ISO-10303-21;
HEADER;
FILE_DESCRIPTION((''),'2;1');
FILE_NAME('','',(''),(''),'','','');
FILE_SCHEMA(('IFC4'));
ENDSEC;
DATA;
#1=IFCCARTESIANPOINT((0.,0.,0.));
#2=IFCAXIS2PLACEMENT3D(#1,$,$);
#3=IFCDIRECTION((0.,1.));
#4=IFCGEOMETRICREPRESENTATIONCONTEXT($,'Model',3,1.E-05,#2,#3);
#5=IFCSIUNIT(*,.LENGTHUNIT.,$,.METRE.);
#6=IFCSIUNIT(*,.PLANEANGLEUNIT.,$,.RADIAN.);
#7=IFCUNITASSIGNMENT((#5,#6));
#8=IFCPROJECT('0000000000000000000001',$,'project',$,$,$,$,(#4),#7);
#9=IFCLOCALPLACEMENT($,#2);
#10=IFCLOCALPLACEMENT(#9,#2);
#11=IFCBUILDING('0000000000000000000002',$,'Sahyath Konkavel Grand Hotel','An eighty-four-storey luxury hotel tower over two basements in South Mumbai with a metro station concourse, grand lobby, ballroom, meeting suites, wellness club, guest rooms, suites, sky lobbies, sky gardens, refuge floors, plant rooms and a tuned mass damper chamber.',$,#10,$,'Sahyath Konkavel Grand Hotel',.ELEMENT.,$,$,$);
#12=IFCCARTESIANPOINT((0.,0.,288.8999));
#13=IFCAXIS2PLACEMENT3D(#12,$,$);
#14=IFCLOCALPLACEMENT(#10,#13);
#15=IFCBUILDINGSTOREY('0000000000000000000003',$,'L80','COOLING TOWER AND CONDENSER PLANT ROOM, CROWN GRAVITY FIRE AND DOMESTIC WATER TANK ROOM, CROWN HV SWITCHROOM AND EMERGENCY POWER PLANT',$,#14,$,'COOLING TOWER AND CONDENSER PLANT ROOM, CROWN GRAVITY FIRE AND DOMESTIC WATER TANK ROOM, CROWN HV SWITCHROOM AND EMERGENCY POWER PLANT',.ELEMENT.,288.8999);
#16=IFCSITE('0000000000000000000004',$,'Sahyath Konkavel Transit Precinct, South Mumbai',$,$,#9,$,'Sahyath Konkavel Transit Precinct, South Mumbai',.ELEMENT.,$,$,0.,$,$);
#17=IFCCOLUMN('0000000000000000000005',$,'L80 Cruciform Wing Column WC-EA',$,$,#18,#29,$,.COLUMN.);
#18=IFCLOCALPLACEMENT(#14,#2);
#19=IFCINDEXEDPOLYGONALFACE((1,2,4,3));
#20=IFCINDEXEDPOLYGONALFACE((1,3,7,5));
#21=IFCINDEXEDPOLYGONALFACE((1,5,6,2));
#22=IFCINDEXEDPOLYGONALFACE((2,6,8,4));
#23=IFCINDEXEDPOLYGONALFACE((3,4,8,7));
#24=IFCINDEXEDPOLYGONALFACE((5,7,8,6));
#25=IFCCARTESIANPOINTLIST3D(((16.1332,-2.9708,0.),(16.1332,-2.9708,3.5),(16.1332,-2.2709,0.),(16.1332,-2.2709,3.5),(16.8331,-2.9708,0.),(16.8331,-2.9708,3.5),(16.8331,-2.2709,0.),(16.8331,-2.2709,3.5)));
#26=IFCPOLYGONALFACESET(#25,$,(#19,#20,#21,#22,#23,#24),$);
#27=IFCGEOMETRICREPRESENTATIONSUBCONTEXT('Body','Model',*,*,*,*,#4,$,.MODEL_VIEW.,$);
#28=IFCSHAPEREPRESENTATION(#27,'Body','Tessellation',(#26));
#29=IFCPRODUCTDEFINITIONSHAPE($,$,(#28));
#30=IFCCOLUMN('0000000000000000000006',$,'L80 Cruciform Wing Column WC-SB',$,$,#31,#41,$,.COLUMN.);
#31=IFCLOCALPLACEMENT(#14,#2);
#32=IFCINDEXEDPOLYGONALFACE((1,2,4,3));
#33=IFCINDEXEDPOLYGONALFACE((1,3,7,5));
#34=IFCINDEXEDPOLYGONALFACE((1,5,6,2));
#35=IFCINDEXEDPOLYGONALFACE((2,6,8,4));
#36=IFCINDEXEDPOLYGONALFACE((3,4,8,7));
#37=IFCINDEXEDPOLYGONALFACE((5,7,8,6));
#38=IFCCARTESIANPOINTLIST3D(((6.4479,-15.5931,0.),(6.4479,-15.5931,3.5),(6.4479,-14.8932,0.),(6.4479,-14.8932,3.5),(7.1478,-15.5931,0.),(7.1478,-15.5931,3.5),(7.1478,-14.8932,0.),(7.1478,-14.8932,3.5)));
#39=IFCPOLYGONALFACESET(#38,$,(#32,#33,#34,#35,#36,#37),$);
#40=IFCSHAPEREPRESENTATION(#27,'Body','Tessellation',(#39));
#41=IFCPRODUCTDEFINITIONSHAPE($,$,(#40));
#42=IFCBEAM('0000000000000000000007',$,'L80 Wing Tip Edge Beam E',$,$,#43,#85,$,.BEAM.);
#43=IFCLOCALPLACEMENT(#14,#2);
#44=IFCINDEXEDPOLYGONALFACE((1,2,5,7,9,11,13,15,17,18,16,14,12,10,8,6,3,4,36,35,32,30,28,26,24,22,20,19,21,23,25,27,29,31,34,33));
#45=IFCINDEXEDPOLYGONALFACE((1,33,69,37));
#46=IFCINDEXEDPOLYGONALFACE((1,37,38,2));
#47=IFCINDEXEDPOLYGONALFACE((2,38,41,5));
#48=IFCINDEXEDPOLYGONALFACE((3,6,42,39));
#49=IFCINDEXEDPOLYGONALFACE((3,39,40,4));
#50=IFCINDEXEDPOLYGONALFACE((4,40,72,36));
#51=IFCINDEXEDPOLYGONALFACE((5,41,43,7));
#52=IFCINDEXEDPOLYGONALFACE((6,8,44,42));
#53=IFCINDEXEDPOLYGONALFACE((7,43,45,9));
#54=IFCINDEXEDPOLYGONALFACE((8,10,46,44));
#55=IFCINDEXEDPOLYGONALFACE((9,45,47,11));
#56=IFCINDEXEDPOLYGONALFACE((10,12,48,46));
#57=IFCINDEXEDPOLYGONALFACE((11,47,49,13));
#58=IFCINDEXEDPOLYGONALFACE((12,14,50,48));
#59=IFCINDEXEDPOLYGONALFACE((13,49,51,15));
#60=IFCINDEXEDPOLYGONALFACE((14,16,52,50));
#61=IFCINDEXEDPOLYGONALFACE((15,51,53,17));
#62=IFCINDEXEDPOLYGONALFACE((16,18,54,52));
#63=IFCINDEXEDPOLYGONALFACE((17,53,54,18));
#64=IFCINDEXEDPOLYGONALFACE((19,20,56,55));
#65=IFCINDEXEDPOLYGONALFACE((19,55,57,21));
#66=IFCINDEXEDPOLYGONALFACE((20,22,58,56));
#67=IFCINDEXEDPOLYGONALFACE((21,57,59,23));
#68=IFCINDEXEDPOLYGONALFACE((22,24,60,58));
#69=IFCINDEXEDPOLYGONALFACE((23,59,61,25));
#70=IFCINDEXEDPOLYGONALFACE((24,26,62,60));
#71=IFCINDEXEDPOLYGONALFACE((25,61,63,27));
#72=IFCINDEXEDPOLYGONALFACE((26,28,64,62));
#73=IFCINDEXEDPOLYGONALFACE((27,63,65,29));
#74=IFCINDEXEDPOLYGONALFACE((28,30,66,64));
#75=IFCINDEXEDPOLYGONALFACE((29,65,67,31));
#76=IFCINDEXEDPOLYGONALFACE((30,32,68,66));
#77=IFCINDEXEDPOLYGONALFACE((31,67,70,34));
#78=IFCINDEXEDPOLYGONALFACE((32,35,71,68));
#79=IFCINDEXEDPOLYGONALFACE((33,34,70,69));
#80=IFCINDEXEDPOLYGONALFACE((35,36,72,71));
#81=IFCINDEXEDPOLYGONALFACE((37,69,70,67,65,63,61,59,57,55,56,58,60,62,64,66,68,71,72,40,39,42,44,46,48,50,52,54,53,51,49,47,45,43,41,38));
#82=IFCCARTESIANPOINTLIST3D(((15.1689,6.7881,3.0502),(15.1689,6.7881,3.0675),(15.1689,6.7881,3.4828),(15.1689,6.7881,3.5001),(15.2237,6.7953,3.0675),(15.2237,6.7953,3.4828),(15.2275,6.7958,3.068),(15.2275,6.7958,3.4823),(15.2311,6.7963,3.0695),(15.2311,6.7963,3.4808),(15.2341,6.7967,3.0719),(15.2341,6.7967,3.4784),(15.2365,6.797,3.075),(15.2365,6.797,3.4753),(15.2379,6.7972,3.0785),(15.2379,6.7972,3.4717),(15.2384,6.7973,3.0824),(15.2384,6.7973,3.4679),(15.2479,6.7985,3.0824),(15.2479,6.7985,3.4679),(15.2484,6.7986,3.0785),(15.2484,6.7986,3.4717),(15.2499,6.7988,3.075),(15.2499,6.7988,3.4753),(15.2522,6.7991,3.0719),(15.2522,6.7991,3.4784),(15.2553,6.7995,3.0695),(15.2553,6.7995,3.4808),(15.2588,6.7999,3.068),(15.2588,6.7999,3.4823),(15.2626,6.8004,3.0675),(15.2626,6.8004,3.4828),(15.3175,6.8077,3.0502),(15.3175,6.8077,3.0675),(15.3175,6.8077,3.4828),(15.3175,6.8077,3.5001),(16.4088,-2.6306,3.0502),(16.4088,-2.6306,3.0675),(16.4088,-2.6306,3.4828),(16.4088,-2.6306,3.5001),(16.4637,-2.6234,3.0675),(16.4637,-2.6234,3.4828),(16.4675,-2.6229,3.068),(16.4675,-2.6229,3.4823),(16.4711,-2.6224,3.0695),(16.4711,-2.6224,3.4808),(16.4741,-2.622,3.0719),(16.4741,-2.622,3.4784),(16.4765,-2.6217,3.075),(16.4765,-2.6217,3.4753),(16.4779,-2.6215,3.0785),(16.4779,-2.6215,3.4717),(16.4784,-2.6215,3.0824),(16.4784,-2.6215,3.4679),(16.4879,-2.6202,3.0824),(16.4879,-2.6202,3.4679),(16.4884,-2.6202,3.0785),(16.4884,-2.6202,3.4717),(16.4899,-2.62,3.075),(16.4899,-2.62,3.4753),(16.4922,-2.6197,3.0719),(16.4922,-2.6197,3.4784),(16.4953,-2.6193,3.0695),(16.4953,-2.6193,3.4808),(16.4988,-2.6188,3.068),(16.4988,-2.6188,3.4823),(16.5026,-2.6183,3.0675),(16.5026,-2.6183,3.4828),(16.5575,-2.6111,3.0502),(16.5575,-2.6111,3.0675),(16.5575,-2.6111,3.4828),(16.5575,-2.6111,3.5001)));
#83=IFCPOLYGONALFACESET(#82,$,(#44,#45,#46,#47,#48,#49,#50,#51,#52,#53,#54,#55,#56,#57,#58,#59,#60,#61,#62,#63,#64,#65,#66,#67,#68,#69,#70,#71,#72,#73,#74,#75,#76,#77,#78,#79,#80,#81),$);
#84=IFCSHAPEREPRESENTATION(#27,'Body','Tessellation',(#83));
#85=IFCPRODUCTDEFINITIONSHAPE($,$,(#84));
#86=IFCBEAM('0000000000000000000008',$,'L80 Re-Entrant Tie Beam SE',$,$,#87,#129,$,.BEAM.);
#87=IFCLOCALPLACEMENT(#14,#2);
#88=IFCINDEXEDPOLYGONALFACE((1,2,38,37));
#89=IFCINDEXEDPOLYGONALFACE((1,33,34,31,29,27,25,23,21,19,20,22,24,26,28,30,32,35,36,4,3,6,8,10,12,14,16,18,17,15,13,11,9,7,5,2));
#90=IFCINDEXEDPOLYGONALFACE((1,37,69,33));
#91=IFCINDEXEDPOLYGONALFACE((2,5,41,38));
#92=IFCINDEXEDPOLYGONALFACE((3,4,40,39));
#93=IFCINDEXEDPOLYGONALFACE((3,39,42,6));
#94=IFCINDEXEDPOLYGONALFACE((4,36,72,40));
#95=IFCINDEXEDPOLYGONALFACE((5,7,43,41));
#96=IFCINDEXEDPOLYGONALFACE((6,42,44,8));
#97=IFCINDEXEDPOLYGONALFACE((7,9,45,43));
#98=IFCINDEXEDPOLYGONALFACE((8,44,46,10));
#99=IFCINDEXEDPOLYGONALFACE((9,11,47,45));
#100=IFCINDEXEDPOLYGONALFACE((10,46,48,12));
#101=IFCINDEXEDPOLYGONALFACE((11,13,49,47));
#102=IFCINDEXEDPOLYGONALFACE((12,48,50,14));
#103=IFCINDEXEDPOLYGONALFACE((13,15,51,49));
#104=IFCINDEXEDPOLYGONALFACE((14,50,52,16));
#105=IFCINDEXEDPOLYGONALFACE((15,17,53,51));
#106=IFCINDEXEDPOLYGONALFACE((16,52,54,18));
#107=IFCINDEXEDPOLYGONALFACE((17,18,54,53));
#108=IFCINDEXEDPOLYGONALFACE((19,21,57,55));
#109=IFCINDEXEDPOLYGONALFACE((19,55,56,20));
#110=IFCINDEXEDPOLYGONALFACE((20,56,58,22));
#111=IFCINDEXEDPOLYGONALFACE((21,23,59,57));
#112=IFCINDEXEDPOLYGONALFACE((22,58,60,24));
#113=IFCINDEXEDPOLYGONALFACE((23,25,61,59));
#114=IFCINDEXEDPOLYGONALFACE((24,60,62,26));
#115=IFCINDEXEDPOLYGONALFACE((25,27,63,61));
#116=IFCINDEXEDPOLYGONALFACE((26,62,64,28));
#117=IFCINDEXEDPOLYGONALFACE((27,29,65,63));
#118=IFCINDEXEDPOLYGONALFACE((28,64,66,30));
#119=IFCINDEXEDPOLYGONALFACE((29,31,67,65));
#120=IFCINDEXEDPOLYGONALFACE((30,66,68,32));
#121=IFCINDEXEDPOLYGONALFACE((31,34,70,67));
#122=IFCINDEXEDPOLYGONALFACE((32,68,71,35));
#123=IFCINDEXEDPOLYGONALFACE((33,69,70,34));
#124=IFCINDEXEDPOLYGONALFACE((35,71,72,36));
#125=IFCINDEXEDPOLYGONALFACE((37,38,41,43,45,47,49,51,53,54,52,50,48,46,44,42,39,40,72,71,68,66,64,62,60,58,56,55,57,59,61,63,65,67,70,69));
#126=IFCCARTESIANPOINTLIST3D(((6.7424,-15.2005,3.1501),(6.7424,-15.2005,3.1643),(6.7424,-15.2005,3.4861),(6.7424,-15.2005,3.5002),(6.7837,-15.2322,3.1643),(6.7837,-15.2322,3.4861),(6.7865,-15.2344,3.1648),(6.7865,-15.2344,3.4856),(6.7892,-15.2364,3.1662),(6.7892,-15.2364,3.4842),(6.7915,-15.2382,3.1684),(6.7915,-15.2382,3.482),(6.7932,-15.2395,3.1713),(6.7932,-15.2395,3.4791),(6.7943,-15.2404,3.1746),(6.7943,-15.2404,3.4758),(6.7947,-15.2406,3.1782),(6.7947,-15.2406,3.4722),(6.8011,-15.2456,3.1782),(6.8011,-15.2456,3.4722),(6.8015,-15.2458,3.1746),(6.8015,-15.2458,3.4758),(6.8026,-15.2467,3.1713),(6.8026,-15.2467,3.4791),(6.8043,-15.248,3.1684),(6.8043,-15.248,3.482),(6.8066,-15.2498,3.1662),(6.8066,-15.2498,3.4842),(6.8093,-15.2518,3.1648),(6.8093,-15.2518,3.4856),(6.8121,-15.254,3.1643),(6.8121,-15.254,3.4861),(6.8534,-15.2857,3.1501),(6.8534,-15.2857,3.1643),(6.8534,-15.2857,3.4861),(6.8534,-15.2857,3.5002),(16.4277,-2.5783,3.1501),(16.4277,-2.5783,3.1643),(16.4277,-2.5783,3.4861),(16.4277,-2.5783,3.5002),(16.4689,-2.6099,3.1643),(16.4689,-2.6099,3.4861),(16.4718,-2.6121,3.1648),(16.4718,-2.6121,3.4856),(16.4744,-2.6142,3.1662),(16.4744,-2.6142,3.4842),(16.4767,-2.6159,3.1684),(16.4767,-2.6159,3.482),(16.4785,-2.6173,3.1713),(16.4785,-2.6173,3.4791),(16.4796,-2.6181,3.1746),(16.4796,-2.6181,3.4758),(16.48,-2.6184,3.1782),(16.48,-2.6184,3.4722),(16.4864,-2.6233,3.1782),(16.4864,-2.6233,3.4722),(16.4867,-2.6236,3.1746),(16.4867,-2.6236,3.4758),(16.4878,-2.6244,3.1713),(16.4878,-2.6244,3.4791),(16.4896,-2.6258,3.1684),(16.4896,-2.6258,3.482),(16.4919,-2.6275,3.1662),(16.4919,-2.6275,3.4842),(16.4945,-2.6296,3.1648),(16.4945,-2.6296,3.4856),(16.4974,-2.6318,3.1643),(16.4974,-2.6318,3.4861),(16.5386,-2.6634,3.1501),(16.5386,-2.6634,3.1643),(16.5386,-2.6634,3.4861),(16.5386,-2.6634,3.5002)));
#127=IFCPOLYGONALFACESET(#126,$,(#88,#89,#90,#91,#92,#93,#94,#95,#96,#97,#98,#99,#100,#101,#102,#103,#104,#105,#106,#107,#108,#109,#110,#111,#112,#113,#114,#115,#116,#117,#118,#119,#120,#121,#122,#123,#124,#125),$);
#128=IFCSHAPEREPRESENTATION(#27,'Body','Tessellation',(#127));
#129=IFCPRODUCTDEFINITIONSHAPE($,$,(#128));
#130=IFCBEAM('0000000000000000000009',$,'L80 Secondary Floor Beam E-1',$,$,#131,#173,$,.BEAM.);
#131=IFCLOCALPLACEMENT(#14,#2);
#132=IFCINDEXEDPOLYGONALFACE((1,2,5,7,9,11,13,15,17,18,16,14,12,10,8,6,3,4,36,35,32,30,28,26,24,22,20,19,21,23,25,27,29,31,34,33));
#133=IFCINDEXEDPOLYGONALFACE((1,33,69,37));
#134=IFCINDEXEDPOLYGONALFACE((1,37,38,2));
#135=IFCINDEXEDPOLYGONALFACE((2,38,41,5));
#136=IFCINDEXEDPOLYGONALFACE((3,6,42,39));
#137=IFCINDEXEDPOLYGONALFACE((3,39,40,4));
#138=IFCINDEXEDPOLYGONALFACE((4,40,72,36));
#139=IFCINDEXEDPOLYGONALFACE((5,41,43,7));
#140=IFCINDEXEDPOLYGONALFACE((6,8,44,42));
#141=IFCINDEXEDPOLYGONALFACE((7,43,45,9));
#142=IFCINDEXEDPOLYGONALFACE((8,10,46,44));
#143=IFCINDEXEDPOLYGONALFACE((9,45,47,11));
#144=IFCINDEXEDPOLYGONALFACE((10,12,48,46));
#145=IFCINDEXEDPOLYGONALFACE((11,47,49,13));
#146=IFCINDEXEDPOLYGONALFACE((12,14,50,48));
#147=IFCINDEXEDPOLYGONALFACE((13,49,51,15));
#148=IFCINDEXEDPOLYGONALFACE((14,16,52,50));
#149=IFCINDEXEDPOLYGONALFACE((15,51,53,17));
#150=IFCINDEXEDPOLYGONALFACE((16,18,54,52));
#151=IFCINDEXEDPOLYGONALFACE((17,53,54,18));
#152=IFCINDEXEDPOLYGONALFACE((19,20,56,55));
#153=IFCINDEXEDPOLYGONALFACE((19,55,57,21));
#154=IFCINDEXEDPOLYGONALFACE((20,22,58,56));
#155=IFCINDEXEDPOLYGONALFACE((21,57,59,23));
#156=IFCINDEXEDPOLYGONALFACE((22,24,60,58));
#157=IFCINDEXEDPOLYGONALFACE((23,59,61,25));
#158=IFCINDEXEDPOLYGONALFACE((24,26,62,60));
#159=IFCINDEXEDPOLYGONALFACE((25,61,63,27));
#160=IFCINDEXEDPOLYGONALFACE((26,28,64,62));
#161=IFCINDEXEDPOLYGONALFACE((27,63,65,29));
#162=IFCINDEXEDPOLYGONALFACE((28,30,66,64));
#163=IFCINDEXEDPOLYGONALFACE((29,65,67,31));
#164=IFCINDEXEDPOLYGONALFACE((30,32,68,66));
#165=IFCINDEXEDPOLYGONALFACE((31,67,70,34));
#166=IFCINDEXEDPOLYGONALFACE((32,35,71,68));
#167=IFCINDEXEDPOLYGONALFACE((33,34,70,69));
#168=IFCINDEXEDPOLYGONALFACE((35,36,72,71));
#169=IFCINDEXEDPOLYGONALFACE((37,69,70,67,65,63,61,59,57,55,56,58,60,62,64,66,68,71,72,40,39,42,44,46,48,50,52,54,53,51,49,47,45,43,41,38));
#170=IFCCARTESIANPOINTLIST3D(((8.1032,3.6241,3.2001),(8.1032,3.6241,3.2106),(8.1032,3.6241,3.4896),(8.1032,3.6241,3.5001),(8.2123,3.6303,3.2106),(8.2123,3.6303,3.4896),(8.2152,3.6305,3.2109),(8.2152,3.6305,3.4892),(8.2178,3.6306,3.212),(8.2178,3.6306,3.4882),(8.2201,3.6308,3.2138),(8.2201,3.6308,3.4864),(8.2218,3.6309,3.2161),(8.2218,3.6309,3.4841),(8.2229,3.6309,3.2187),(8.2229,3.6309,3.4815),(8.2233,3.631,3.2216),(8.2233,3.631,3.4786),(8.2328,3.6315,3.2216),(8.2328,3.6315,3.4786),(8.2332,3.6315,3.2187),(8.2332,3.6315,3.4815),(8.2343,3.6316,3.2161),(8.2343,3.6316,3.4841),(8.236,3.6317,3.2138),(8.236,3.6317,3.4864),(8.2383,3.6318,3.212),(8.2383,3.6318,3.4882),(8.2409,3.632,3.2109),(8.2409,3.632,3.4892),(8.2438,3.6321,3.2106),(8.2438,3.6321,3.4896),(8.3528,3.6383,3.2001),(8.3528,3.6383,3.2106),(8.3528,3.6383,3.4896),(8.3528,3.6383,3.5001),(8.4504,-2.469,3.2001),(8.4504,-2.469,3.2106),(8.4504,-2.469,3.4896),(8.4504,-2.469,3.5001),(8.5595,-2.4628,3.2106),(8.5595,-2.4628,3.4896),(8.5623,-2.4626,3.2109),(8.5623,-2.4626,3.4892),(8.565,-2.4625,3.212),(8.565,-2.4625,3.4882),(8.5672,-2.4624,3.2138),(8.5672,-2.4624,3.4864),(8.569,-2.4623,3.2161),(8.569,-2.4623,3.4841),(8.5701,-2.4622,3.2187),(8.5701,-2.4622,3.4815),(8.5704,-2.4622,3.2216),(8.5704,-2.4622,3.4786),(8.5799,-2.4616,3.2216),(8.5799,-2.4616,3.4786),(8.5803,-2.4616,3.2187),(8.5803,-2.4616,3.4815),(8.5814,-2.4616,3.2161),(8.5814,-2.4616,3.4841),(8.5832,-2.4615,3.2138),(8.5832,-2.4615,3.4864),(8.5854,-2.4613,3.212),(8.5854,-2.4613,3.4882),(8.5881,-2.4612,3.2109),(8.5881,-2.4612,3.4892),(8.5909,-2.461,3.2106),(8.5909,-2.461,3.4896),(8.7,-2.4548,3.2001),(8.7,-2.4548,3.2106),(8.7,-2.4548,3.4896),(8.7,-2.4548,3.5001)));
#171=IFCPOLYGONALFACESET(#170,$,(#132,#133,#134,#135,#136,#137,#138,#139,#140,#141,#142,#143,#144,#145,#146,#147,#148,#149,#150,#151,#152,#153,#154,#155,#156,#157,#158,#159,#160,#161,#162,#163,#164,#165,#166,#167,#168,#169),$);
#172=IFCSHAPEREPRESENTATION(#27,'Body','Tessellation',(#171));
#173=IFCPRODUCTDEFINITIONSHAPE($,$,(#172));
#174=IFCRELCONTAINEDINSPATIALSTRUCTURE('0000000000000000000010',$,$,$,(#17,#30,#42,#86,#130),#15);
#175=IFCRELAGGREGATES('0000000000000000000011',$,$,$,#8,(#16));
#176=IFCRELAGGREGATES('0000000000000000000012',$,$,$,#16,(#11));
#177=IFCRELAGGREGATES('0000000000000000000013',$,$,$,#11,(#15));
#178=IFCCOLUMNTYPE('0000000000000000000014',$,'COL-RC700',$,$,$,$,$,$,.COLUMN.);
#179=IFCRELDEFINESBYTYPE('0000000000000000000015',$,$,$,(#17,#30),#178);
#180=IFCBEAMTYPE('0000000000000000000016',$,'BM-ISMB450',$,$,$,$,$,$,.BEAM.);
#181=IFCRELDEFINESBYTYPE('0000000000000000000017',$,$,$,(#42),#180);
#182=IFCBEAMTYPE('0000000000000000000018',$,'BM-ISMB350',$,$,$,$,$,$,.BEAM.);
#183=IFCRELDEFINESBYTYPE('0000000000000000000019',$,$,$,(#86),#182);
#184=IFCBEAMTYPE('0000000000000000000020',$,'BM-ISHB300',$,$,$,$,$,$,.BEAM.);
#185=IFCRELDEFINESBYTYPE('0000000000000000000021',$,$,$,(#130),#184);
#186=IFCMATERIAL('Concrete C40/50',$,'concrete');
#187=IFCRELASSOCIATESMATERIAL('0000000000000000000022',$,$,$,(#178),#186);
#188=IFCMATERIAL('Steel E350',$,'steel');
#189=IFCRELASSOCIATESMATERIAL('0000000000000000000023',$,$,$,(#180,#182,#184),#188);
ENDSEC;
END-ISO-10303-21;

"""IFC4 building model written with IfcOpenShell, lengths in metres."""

from ifc_helpers import new_model, si_unit, direction, frame, origin, origin_2d, place, context, subcontext, project, spatial, rectangle, i_section, extrude, source, transform, mapped, material, material_profile, profile_set, type_object, element, save


model = new_model("IFC4")

# Units and contexts
model_context = context("Model", 3, precision=1e-05, world=origin(), true_north=direction((0.0, 1.0)))
body_context = subcontext(model_context, "Body", "Model", "MODEL_VIEW")
ifc_project = project(units=[si_unit("LENGTHUNIT", "METRE"), si_unit("PLANEANGLEUNIT", "RADIAN")], contexts=[model_context])

# Site, building, storey
site_placement = place(None, origin())
site = spatial("IfcSite", under=ifc_project, at=site_placement, Name="Sahyath Konkavel Transit Precinct, South Mumbai", LongName="Sahyath Konkavel Transit Precinct, South Mumbai", CompositionType="ELEMENT", RefElevation=0.0)
building_placement = place(site_placement, origin())
building = spatial("IfcBuilding", under=site, at=building_placement, Name="Sahyath Konkavel Grand Hotel", Description="An eighty-four-storey luxury hotel tower over two basements in South Mumbai with a metro station concourse, grand lobby, ballroom, meeting suites, wellness club, guest rooms, suites, sky lobbies, sky gardens, refuge floors, plant rooms and a tuned mass damper chamber.", LongName="Sahyath Konkavel Grand Hotel", CompositionType="ELEMENT")
storey_placement = place(building_placement, frame((0.0, 0.0, 288.8999)))
storey = spatial("IfcBuildingStorey", under=building, at=storey_placement, Name="L80", Description="COOLING TOWER AND CONDENSER PLANT ROOM, CROWN GRAVITY FIRE AND DOMESTIC WATER TANK ROOM, CROWN HV SWITCHROOM AND EMERGENCY POWER PLANT", LongName="COOLING TOWER AND CONDENSER PLANT ROOM, CROWN GRAVITY FIRE AND DOMESTIC WATER TANK ROOM, CROWN HV SWITCHROOM AND EMERGENCY POWER PLANT", CompositionType="ELEMENT", Elevation=288.8999)

# Columns
ifc_material_1 = material(Name="Concrete C40/50", Category="concrete")
ifc_material_profile_1 = material_profile(ifc_material_1, rectangle(XDim=0.7, YDim=0.7, at=origin_2d()), Name="RC 700x700")
ifc_profile_set_1 = profile_set([ifc_material_profile_1], Name="Concrete C40/50")
column_type = type_object("IfcColumnType", Name="COL-RC700", PredefinedType="COLUMN", material=ifc_profile_set_1)
shared_shape_1 = source(origin(), body_context, "Body", "SweptSolid", [
    extrude(rectangle(XDim=0.7, YDim=0.7, at=origin_2d()), origin(), (0.0, 0.0, 1.0), 3.5),
])
for number, where, z_axis, x_axis, name in (
    (1, (16.4832, -2.6208, 0.0), (0.0, 0.0, 1.0), (1.0, 0.0, 0.0), "L80 Cruciform Wing Column WC-EA"),
    (2, (6.7979, -15.2432, 0.0), (0.0, 0.0, 1.0), (1.0, 0.0, 0.0), "L80 Cruciform Wing Column WC-SB"),
):
    element("IfcColumn", number, at=place(storey_placement, frame(where, z_axis=z_axis, x_axis=x_axis)), inside=storey, type_object=column_type, Name=name, PredefinedType="COLUMN", context=body_context, shape_type="MappedRepresentation", body=[
        mapped(shared_shape_1, transform((0.0, 0.0, 0.0), scale=1.0)),
    ])

# Beams
ifc_material_2 = material(Name="Steel E350", Category="steel")
ifc_material_profile_2 = material_profile(ifc_material_2, i_section(OverallWidth=0.1499, OverallDepth=0.45, WebThickness=0.0095, FlangeThickness=0.0173, FilletRadius=0.0149, at=origin_2d()), Name="ISMB 450")
ifc_profile_set_2 = profile_set([ifc_material_profile_2], Name="Steel E350")
beam_type_1 = type_object("IfcBeamType", Name="BM-ISMB450", PredefinedType="BEAM", material=ifc_profile_set_2)
shared_shape_2 = source(origin(), body_context, "Body", "SweptSolid", [
    extrude(i_section(OverallWidth=0.1499, OverallDepth=0.45, WebThickness=0.0095, FlangeThickness=0.0173, FilletRadius=0.0149, at=origin_2d()), origin(), (0.0, 0.0, 1.0), 9.5),
])
beam_1_placement = place(storey_placement, frame((16.4832, -2.6208, 3.2751), z_axis=(-0.130526, 0.991445, 0.0), x_axis=(-0.991445, -0.130526, 0.0)))
element("IfcBeam", 3, at=beam_1_placement, inside=storey, type_object=beam_type_1, Name="L80 Wing Tip Edge Beam E", PredefinedType="BEAM", context=body_context, shape_type="MappedRepresentation", body=[
    mapped(shared_shape_2, transform((0.0, 0.0, 0.0), scale=1.0)),
])
ifc_material_profile_3 = material_profile(ifc_material_2, i_section(OverallWidth=0.1399, OverallDepth=0.3501, WebThickness=0.0081, FlangeThickness=0.0142, FilletRadius=0.0139, at=origin_2d()), Name="ISMB 350")
ifc_profile_set_3 = profile_set([ifc_material_profile_3], Name="Steel E350")
beam_type_2 = type_object("IfcBeamType", Name="BM-ISMB350", PredefinedType="BEAM", material=ifc_profile_set_3)
shared_shape_3 = source(origin(), body_context, "Body", "SweptSolid", [
    extrude(i_section(OverallWidth=0.1399, OverallDepth=0.3501, WebThickness=0.0081, FlangeThickness=0.0142, FilletRadius=0.0139, at=origin_2d()), origin(), (0.0, 0.0, 1.0), 15.9099),
])
beam_2_placement = place(storey_placement, frame((16.4832, -2.6208, 3.3252), z_axis=(-0.608756, -0.793358, 0.0), x_axis=(0.793358, -0.608756, 0.0)))
element("IfcBeam", 4, at=beam_2_placement, inside=storey, type_object=beam_type_2, Name="L80 Re-Entrant Tie Beam SE", PredefinedType="BEAM", context=body_context, shape_type="MappedRepresentation", body=[
    mapped(shared_shape_3, transform((0.0, 0.0, 0.0), scale=1.0)),
])
ifc_material_profile_4 = material_profile(ifc_material_2, i_section(OverallWidth=0.25, OverallDepth=0.3, WebThickness=0.0095, FlangeThickness=0.0105, FilletRadius=0.011, at=origin_2d()), Name="ISHB 300")
ifc_profile_set_4 = profile_set([ifc_material_profile_4], Name="Steel E350")
beam_type_3 = type_object("IfcBeamType", Name="BM-ISHB300", PredefinedType="BEAM", material=ifc_profile_set_4)
shared_shape_4 = source(origin(), body_context, "Body", "SweptSolid", [
    extrude(i_section(OverallWidth=0.25, OverallDepth=0.3, WebThickness=0.0095, FlangeThickness=0.0105, FilletRadius=0.011, at=origin_2d()), origin(), (0.0, 0.0, 1.0), 6.103),
])
beam_3_placement = place(storey_placement, frame((8.5752, -2.4619, 3.3501), z_axis=(-0.056883, 0.998381, 0.0), x_axis=(-0.998381, -0.056883, 0.0)))
element("IfcBeam", 5, at=beam_3_placement, inside=storey, type_object=beam_type_3, Name="L80 Secondary Floor Beam E-1", PredefinedType="BEAM", context=body_context, shape_type="MappedRepresentation", body=[
    mapped(shared_shape_4, transform((0.0, 0.0, 0.0), scale=1.0)),
])

save(model, "model.ifc")
